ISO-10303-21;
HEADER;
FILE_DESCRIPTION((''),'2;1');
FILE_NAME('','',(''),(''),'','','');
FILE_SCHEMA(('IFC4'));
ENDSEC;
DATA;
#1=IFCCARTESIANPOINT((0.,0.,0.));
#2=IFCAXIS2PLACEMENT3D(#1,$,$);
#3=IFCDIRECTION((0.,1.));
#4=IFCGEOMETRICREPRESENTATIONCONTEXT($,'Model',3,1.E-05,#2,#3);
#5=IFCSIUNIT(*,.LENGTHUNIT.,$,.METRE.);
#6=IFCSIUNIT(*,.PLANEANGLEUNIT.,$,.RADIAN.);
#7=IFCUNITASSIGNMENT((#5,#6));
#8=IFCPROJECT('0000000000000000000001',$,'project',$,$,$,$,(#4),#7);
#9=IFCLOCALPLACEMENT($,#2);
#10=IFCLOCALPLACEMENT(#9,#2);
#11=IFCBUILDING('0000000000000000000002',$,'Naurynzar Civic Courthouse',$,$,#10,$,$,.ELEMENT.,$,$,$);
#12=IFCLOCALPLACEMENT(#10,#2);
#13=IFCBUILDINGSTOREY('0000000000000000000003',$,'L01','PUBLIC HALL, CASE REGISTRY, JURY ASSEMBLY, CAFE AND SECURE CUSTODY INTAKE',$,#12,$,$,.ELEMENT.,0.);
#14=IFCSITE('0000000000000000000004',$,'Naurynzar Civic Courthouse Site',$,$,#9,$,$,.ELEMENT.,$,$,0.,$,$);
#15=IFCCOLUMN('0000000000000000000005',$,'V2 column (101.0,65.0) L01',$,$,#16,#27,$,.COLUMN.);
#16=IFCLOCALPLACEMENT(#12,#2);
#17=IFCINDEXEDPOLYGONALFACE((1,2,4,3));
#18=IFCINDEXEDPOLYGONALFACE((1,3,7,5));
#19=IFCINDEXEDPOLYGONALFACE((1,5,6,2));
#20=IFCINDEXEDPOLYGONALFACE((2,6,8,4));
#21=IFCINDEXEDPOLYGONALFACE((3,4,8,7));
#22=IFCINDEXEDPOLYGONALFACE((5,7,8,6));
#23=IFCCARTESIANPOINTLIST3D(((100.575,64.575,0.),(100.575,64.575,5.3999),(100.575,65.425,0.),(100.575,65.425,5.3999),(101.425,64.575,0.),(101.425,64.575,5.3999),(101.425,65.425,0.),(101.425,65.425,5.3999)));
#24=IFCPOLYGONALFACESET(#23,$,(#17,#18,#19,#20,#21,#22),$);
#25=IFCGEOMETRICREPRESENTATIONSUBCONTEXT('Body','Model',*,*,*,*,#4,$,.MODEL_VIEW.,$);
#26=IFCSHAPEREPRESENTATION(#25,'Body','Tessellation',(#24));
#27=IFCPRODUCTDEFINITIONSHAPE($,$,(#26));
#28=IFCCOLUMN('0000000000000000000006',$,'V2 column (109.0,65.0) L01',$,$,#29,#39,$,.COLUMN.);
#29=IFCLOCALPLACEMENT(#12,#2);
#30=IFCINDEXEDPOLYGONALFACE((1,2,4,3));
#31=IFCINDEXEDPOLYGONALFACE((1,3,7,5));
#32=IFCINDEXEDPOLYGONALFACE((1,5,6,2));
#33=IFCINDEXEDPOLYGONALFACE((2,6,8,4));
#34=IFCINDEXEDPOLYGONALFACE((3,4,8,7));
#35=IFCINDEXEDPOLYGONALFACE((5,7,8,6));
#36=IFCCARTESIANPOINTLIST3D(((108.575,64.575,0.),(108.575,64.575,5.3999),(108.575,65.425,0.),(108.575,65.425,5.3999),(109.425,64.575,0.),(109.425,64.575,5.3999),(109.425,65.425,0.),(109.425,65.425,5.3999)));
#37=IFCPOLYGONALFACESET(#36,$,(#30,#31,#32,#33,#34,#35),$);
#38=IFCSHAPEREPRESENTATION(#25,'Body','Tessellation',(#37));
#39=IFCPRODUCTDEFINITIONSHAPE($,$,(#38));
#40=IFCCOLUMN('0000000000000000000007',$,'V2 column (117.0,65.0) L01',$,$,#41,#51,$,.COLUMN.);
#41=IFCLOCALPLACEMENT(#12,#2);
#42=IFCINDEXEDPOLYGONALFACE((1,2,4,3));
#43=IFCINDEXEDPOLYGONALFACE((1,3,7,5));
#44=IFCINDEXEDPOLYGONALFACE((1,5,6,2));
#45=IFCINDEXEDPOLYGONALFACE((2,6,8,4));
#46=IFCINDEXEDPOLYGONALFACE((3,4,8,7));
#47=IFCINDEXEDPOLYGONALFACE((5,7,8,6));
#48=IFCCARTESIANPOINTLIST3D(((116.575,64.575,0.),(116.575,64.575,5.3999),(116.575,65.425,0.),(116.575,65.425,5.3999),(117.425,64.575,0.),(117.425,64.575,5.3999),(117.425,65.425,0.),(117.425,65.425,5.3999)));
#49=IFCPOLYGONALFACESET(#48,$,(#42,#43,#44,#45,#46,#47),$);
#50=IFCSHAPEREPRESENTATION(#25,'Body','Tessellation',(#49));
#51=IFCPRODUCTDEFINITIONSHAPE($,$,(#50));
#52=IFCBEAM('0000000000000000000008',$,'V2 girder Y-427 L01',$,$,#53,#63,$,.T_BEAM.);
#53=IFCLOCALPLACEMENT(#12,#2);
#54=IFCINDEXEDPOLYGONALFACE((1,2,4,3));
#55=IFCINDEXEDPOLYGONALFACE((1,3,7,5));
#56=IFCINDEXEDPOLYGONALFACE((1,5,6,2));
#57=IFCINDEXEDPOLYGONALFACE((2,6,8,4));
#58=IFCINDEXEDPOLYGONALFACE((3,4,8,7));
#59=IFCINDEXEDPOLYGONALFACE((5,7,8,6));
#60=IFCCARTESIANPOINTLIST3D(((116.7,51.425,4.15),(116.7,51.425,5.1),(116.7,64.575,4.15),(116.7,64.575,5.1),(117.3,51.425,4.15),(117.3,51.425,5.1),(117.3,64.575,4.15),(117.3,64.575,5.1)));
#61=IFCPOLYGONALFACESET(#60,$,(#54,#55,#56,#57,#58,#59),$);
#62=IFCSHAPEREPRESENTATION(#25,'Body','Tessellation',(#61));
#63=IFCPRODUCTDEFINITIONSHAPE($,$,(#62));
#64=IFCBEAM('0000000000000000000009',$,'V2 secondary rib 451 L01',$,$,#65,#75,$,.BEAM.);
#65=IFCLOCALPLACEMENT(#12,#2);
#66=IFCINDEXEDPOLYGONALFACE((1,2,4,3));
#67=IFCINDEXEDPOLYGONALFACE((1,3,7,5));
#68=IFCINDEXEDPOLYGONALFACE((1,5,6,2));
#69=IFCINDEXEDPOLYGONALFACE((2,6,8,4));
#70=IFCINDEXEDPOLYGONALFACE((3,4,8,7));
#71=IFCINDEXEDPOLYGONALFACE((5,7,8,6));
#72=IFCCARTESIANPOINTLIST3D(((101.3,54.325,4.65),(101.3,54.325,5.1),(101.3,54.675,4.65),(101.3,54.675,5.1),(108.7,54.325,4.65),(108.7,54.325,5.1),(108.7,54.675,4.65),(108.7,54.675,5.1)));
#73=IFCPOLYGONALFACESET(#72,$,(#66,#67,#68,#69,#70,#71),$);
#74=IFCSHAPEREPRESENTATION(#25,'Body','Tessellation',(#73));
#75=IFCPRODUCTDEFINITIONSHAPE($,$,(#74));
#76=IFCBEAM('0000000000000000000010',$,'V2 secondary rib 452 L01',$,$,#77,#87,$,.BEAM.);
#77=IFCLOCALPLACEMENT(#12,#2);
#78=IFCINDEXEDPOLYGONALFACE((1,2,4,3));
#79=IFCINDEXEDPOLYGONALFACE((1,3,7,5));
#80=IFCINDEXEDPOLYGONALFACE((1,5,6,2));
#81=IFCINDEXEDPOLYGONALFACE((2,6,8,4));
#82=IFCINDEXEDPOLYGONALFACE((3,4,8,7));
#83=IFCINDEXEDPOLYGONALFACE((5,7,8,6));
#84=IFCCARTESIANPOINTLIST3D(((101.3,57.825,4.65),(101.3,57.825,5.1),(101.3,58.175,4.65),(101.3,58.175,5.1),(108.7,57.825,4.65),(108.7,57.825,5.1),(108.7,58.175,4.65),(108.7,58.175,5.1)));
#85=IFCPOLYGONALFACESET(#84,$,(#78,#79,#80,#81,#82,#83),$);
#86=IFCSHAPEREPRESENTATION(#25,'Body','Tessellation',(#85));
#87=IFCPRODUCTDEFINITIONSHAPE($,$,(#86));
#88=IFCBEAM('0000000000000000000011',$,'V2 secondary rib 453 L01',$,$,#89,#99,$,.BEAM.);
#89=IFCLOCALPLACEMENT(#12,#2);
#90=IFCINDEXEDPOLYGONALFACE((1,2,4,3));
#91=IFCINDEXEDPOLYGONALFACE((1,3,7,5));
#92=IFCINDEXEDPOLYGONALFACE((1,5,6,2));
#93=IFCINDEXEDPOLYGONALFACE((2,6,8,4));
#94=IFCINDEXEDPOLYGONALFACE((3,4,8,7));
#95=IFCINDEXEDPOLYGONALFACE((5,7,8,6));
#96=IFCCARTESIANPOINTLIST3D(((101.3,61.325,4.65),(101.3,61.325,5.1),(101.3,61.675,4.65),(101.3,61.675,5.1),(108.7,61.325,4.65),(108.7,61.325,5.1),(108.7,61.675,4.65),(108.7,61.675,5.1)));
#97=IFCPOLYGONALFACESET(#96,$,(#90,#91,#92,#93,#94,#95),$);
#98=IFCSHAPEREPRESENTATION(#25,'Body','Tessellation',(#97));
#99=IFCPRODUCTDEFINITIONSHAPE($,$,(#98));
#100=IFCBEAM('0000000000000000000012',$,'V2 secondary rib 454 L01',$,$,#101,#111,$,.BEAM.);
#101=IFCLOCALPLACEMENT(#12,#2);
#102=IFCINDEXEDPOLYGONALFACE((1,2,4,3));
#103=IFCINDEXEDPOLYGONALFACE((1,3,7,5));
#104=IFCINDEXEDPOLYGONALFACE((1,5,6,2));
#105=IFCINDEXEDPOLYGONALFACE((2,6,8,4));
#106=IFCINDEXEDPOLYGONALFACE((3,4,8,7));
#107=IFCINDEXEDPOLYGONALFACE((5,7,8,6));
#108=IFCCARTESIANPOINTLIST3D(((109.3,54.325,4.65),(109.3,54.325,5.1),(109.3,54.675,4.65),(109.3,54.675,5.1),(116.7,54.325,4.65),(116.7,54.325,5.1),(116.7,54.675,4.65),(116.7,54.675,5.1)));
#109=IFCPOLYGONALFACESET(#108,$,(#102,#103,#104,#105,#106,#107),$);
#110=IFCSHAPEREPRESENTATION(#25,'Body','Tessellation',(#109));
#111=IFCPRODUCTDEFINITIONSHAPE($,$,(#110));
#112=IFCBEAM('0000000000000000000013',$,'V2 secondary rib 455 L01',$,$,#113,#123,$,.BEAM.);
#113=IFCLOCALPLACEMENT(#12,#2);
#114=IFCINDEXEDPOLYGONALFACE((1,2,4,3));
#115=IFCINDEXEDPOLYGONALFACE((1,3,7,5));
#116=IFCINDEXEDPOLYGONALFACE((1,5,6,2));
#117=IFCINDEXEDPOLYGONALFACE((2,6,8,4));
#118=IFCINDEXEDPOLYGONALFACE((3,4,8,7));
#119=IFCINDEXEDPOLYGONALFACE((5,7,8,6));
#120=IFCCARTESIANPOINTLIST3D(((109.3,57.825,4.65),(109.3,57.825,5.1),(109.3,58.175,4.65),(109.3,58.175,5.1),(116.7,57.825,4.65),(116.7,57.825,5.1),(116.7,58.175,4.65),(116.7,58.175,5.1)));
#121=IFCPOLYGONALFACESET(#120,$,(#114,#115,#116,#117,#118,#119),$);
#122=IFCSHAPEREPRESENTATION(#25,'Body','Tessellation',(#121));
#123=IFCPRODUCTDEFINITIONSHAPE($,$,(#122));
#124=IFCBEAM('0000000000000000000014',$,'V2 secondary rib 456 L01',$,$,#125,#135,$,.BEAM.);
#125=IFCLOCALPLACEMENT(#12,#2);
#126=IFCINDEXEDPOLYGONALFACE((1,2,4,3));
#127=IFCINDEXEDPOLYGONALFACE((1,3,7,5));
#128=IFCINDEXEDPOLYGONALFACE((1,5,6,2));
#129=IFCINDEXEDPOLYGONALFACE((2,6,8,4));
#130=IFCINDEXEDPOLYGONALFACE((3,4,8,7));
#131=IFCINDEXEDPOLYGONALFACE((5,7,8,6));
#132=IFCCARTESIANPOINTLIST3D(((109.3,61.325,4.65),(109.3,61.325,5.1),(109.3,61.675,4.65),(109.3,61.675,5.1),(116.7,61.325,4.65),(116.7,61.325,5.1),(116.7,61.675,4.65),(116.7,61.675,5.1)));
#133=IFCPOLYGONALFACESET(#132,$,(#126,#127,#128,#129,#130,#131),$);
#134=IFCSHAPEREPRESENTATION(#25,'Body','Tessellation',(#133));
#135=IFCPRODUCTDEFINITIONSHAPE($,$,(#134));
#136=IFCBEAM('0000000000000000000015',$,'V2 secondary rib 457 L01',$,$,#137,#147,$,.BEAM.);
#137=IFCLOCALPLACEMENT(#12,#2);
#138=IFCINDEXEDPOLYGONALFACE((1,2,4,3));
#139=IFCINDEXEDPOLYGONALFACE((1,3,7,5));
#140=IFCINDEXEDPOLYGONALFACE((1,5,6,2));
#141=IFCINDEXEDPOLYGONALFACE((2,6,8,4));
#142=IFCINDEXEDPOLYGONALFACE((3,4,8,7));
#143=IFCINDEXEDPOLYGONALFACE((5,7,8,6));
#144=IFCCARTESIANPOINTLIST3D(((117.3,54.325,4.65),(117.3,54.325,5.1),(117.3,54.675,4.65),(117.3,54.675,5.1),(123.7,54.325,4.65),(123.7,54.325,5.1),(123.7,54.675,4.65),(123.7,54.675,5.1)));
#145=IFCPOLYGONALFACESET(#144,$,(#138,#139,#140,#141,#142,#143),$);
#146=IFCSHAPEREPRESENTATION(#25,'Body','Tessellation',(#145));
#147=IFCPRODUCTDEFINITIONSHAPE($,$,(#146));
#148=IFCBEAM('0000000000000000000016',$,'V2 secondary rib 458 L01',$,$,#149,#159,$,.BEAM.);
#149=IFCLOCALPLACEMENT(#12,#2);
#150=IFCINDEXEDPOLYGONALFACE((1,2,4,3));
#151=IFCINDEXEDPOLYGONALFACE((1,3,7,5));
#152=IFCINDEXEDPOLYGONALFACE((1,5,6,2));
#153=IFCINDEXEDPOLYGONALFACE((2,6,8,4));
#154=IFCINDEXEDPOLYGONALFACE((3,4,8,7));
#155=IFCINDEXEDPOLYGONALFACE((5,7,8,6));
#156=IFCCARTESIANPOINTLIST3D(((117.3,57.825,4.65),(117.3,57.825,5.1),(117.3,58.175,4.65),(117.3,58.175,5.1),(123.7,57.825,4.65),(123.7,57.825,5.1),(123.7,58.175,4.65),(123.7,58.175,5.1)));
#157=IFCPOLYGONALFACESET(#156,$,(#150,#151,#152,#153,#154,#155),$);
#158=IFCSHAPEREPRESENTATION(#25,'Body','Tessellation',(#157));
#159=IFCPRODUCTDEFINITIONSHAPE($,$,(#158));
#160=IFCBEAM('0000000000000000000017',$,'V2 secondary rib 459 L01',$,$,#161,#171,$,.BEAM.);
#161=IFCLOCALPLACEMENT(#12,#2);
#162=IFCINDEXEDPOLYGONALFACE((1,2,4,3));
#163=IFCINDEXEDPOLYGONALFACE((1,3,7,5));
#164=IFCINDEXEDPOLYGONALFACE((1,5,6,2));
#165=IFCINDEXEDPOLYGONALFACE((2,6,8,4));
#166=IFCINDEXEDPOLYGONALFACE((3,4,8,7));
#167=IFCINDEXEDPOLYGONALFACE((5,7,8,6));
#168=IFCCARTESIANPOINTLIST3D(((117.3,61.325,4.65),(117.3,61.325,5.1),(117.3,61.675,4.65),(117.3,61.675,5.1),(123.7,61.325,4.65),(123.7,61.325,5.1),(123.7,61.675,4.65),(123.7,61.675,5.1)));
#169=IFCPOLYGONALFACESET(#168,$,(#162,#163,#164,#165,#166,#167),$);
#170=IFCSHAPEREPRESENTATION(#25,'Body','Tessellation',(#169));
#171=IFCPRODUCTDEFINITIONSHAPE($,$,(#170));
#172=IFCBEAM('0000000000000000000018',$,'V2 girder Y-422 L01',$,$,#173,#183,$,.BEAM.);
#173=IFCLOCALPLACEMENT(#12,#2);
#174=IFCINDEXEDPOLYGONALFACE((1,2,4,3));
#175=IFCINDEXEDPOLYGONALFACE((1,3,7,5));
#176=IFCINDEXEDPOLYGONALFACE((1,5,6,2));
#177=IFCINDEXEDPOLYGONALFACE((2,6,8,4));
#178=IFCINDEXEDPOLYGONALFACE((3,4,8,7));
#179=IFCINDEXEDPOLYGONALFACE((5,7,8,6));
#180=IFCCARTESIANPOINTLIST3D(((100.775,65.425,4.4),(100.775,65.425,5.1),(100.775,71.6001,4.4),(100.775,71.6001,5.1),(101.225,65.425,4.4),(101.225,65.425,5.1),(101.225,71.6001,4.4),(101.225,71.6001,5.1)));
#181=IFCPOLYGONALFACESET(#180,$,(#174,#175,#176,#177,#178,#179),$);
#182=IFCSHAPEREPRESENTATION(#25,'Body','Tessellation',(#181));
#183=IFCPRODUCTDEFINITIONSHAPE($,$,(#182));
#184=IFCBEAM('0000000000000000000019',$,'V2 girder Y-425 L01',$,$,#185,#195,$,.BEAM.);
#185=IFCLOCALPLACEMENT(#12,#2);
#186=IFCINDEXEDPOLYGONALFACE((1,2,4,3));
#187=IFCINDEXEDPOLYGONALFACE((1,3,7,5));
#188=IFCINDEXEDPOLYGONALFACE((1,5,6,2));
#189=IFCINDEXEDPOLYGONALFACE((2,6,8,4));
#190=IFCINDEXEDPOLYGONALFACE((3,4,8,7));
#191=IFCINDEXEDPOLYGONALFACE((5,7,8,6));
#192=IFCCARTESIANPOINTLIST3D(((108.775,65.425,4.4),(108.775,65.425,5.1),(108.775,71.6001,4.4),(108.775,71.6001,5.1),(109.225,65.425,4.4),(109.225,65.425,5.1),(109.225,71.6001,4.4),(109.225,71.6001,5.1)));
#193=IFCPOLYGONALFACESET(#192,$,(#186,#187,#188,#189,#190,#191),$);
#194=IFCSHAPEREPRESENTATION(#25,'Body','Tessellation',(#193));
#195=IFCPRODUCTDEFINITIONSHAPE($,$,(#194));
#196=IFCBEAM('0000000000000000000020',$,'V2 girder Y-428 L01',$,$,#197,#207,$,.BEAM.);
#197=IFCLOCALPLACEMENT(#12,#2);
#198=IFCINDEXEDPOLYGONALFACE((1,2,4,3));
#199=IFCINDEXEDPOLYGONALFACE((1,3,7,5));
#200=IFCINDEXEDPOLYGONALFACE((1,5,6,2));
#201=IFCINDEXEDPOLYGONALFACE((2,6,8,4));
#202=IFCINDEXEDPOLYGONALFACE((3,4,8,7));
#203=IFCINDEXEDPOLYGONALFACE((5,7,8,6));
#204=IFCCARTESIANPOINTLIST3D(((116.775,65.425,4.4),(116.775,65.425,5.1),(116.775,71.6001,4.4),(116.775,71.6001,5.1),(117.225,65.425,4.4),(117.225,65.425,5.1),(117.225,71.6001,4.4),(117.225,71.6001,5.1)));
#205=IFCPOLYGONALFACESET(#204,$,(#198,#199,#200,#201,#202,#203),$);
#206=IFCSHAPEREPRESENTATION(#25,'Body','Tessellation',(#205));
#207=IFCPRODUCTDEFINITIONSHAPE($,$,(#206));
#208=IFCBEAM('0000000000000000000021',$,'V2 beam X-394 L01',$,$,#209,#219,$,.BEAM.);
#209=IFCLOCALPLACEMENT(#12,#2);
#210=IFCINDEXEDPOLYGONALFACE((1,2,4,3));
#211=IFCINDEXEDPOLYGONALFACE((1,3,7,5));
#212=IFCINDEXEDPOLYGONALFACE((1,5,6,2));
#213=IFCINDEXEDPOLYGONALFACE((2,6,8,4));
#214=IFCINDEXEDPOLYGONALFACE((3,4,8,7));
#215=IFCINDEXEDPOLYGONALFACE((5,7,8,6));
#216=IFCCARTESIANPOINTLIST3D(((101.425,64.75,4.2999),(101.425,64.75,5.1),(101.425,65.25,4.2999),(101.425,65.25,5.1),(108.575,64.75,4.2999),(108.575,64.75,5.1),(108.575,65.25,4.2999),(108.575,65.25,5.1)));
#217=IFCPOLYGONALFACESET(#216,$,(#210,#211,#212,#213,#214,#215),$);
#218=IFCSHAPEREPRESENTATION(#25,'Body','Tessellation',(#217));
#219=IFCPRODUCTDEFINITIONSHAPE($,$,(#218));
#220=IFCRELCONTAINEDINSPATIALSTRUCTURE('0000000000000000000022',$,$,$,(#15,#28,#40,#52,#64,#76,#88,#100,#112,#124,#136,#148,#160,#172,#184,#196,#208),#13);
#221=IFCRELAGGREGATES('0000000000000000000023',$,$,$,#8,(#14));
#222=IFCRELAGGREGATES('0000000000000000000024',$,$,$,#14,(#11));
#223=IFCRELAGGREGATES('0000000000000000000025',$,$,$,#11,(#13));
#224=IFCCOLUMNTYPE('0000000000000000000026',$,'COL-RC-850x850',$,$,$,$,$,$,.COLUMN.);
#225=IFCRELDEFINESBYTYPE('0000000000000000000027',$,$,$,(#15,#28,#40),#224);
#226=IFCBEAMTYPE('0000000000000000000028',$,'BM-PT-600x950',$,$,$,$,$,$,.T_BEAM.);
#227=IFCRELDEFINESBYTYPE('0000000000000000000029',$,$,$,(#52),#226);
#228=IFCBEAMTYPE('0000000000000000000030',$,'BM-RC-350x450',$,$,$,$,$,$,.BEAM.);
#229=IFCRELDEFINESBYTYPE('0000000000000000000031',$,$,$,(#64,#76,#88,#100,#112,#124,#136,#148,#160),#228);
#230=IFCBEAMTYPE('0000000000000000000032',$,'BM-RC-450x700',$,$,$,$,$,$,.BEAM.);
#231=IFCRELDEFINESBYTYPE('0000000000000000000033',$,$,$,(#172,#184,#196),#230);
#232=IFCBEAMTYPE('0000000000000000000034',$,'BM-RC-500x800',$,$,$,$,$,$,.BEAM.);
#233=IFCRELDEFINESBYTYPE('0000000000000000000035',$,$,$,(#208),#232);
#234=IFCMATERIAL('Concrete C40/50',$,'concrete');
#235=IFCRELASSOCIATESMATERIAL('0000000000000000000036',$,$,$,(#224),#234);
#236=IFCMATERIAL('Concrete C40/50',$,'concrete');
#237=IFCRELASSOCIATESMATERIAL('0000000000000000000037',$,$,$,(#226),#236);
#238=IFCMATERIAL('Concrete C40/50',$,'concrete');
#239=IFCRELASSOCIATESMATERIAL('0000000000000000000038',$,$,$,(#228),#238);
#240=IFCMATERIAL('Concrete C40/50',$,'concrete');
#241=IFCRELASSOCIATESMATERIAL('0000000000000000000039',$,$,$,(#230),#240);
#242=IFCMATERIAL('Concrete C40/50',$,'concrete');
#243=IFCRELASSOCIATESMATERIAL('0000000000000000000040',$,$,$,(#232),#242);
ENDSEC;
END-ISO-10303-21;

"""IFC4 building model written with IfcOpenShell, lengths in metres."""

from ifc_helpers import new_model, si_unit, direction, frame, origin, origin_2d, place, context, subcontext, project, spatial, rectangle, extrude, material, material_profile, profile_set, type_object, element, save


model = new_model("IFC4")

# Units and contexts
model_context = context("Model", 3, precision=1e-05, world=origin(), true_north=direction((0.0, 1.0)))
body_context = subcontext(model_context, "Body", "Model", "MODEL_VIEW")
ifc_project = project(units=[si_unit("LENGTHUNIT", "METRE"), si_unit("PLANEANGLEUNIT", "RADIAN")], contexts=[model_context])

# Site, building, storey
site_placement = place(None, origin())
site = spatial("IfcSite", under=ifc_project, at=site_placement, Name="Naurynzar Civic Courthouse Site", CompositionType="ELEMENT", RefElevation=0.0)
building_placement = place(site_placement, origin())
building = spatial("IfcBuilding", under=site, at=building_placement, Name="Naurynzar Civic Courthouse", CompositionType="ELEMENT")
storey_placement = place(building_placement, origin())
storey = spatial("IfcBuildingStorey", under=building, at=storey_placement, Name="L01", Description="PUBLIC HALL, CASE REGISTRY, JURY ASSEMBLY, CAFE AND SECURE CUSTODY INTAKE", CompositionType="ELEMENT", Elevation=0.0)

# Columns
ifc_material_1 = material(Name="Concrete C40/50", Category="concrete")
ifc_material_profile_1 = material_profile(ifc_material_1, rectangle(XDim=0.8501, YDim=0.8501, at=origin_2d()), Name="RC 850x850")
ifc_profile_set_1 = profile_set([ifc_material_profile_1], Name="Concrete C40/50")
column_type = type_object("IfcColumnType", Name="COL-RC-850x850", PredefinedType="COLUMN", material=ifc_profile_set_1)
for number, where, z_axis, x_axis, name in (
    (1, (101.0, 65.0, 0.0), (0.0, 0.0, 1.0), (1.0, 0.0, 0.0), "V2 column (101.0,65.0) L01"),
    (2, (109.0, 65.0, 0.0), (0.0, 0.0, 1.0), (1.0, 0.0, 0.0), "V2 column (109.0,65.0) L01"),
    (3, (117.0, 65.0, 0.0), (0.0, 0.0, 1.0), (1.0, 0.0, 0.0), "V2 column (117.0,65.0) L01"),
):
    element("IfcColumn", number, at=place(storey_placement, frame(where, z_axis=z_axis, x_axis=x_axis)), inside=storey, type_object=column_type, Name=name, PredefinedType="COLUMN", context=body_context, shape_type="SweptSolid", body=[
        extrude(rectangle(XDim=0.8501, YDim=0.8501, at=origin_2d()), origin(), (0.0, 0.0, 1.0), 5.3999),
    ])

# Beams
ifc_material_2 = material(Name="Concrete C40/50", Category="concrete")
ifc_material_profile_2 = material_profile(ifc_material_2, rectangle(XDim=0.6001, YDim=0.95, at=origin_2d()), Name="PTB 600x950")
ifc_profile_set_2 = profile_set([ifc_material_profile_2], Name="Concrete C40/50")
beam_type_1 = type_object("IfcBeamType", Name="BM-PT-600x950", PredefinedType="T_BEAM", material=ifc_profile_set_2)
beam_placement = place(storey_placement, frame((117.0, 51.425, 4.625), z_axis=(0.0, 1.0, 0.0), x_axis=(-1.0, 0.0, 0.0)))
element("IfcBeam", 4, at=beam_placement, inside=storey, type_object=beam_type_1, Name="V2 girder Y-427 L01", PredefinedType="T_BEAM", context=body_context, shape_type="SweptSolid", body=[
    extrude(rectangle(XDim=0.6001, YDim=0.95, at=origin_2d()), origin(), (0.0, 0.0, 1.0), 13.1499),
])
ifc_material_3 = material(Name="Concrete C40/50", Category="concrete")
ifc_material_profile_3 = material_profile(ifc_material_3, rectangle(XDim=0.3501, YDim=0.45, at=origin_2d()), Name="RCB 350x450")
ifc_profile_set_3 = profile_set([ifc_material_profile_3], Name="Concrete C40/50")
beam_type_2 = type_object("IfcBeamType", Name="BM-RC-350x450", PredefinedType="BEAM", material=ifc_profile_set_3)
for number, where, z_axis, x_axis, name in (
    (5, (101.3, 54.5, 4.875), (1.0, 0.0, 0.0), (0.0, 1.0, 0.0), "V2 secondary rib 451 L01"),
    (6, (101.3, 58.0, 4.875), (1.0, 0.0, 0.0), (0.0, 1.0, 0.0), "V2 secondary rib 452 L01"),
    (7, (101.3, 61.5, 4.875), (1.0, 0.0, 0.0), (0.0, 1.0, 0.0), "V2 secondary rib 453 L01"),
    (8, (109.3, 54.5, 4.875), (1.0, 0.0, 0.0), (0.0, 1.0, 0.0), "V2 secondary rib 454 L01"),
    (9, (109.3, 58.0, 4.875), (1.0, 0.0, 0.0), (0.0, 1.0, 0.0), "V2 secondary rib 455 L01"),
    (10, (109.3, 61.5, 4.875), (1.0, 0.0, 0.0), (0.0, 1.0, 0.0), "V2 secondary rib 456 L01"),
):
    element("IfcBeam", number, at=place(storey_placement, frame(where, z_axis=z_axis, x_axis=x_axis)), inside=storey, type_object=beam_type_2, Name=name, PredefinedType="BEAM", context=body_context, shape_type="SweptSolid", body=[
        extrude(rectangle(XDim=0.3501, YDim=0.45, at=origin_2d()), origin(), (0.0, 0.0, 1.0), 7.3999),
    ])
for number, where, z_axis, x_axis, name in (
    (11, (117.3, 54.5, 4.875), (1.0, 0.0, 0.0), (0.0, 1.0, 0.0), "V2 secondary rib 457 L01"),
    (12, (117.3, 58.0, 4.875), (1.0, 0.0, 0.0), (0.0, 1.0, 0.0), "V2 secondary rib 458 L01"),
    (13, (117.3, 61.5, 4.875), (1.0, 0.0, 0.0), (0.0, 1.0, 0.0), "V2 secondary rib 459 L01"),
):
    element("IfcBeam", number, at=place(storey_placement, frame(where, z_axis=z_axis, x_axis=x_axis)), inside=storey, type_object=beam_type_2, Name=name, PredefinedType="BEAM", context=body_context, shape_type="SweptSolid", body=[
        extrude(rectangle(XDim=0.3501, YDim=0.45, at=origin_2d()), origin(), (0.0, 0.0, 1.0), 6.3999),
    ])
ifc_material_4 = material(Name="Concrete C40/50", Category="concrete")
ifc_material_profile_4 = material_profile(ifc_material_4, rectangle(XDim=0.45, YDim=0.7, at=origin_2d()), Name="RCB 450x700")
ifc_profile_set_4 = profile_set([ifc_material_profile_4], Name="Concrete C40/50")
beam_type_3 = type_object("IfcBeamType", Name="BM-RC-450x700", PredefinedType="BEAM", material=ifc_profile_set_4)
for number, where, z_axis, x_axis, name in (
    (14, (101.0, 65.425, 4.75), (0.0, 1.0, 0.0), (-1.0, 0.0, 0.0), "V2 girder Y-422 L01"),
    (15, (109.0, 65.425, 4.75), (0.0, 1.0, 0.0), (-1.0, 0.0, 0.0), "V2 girder Y-425 L01"),
    (16, (117.0, 65.425, 4.75), (0.0, 1.0, 0.0), (-1.0, 0.0, 0.0), "V2 girder Y-428 L01"),
):
    element("IfcBeam", number, at=place(storey_placement, frame(where, z_axis=z_axis, x_axis=x_axis)), inside=storey, type_object=beam_type_3, Name=name, PredefinedType="BEAM", context=body_context, shape_type="SweptSolid", body=[
        extrude(rectangle(XDim=0.45, YDim=0.7, at=origin_2d()), origin(), (0.0, 0.0, 1.0), 6.175),
    ])
ifc_material_5 = material(Name="Concrete C40/50", Category="concrete")
ifc_material_profile_5 = material_profile(ifc_material_5, rectangle(XDim=0.5, YDim=0.8, at=origin_2d()), Name="RCB 500x800")
ifc_profile_set_5 = profile_set([ifc_material_profile_5], Name="Concrete C40/50")
beam_type_4 = type_object("IfcBeamType", Name="BM-RC-500x800", PredefinedType="BEAM", material=ifc_profile_set_5)
for number, where, z_axis, x_axis, name in (
    (17, (101.425, 65.0, 4.7), (1.0, 0.0, 0.0), (0.0, 1.0, 0.0), "V2 beam X-394 L01"),
):
    element("IfcBeam", number, at=place(storey_placement, frame(where, z_axis=z_axis, x_axis=x_axis)), inside=storey, type_object=beam_type_4, Name=name, PredefinedType="BEAM", context=body_context, shape_type="SweptSolid", body=[
        extrude(rectangle(XDim=0.5, YDim=0.8, at=origin_2d()), origin(), (0.0, 0.0, 1.0), 7.1499),
    ])

save(model, "model.ifc")
